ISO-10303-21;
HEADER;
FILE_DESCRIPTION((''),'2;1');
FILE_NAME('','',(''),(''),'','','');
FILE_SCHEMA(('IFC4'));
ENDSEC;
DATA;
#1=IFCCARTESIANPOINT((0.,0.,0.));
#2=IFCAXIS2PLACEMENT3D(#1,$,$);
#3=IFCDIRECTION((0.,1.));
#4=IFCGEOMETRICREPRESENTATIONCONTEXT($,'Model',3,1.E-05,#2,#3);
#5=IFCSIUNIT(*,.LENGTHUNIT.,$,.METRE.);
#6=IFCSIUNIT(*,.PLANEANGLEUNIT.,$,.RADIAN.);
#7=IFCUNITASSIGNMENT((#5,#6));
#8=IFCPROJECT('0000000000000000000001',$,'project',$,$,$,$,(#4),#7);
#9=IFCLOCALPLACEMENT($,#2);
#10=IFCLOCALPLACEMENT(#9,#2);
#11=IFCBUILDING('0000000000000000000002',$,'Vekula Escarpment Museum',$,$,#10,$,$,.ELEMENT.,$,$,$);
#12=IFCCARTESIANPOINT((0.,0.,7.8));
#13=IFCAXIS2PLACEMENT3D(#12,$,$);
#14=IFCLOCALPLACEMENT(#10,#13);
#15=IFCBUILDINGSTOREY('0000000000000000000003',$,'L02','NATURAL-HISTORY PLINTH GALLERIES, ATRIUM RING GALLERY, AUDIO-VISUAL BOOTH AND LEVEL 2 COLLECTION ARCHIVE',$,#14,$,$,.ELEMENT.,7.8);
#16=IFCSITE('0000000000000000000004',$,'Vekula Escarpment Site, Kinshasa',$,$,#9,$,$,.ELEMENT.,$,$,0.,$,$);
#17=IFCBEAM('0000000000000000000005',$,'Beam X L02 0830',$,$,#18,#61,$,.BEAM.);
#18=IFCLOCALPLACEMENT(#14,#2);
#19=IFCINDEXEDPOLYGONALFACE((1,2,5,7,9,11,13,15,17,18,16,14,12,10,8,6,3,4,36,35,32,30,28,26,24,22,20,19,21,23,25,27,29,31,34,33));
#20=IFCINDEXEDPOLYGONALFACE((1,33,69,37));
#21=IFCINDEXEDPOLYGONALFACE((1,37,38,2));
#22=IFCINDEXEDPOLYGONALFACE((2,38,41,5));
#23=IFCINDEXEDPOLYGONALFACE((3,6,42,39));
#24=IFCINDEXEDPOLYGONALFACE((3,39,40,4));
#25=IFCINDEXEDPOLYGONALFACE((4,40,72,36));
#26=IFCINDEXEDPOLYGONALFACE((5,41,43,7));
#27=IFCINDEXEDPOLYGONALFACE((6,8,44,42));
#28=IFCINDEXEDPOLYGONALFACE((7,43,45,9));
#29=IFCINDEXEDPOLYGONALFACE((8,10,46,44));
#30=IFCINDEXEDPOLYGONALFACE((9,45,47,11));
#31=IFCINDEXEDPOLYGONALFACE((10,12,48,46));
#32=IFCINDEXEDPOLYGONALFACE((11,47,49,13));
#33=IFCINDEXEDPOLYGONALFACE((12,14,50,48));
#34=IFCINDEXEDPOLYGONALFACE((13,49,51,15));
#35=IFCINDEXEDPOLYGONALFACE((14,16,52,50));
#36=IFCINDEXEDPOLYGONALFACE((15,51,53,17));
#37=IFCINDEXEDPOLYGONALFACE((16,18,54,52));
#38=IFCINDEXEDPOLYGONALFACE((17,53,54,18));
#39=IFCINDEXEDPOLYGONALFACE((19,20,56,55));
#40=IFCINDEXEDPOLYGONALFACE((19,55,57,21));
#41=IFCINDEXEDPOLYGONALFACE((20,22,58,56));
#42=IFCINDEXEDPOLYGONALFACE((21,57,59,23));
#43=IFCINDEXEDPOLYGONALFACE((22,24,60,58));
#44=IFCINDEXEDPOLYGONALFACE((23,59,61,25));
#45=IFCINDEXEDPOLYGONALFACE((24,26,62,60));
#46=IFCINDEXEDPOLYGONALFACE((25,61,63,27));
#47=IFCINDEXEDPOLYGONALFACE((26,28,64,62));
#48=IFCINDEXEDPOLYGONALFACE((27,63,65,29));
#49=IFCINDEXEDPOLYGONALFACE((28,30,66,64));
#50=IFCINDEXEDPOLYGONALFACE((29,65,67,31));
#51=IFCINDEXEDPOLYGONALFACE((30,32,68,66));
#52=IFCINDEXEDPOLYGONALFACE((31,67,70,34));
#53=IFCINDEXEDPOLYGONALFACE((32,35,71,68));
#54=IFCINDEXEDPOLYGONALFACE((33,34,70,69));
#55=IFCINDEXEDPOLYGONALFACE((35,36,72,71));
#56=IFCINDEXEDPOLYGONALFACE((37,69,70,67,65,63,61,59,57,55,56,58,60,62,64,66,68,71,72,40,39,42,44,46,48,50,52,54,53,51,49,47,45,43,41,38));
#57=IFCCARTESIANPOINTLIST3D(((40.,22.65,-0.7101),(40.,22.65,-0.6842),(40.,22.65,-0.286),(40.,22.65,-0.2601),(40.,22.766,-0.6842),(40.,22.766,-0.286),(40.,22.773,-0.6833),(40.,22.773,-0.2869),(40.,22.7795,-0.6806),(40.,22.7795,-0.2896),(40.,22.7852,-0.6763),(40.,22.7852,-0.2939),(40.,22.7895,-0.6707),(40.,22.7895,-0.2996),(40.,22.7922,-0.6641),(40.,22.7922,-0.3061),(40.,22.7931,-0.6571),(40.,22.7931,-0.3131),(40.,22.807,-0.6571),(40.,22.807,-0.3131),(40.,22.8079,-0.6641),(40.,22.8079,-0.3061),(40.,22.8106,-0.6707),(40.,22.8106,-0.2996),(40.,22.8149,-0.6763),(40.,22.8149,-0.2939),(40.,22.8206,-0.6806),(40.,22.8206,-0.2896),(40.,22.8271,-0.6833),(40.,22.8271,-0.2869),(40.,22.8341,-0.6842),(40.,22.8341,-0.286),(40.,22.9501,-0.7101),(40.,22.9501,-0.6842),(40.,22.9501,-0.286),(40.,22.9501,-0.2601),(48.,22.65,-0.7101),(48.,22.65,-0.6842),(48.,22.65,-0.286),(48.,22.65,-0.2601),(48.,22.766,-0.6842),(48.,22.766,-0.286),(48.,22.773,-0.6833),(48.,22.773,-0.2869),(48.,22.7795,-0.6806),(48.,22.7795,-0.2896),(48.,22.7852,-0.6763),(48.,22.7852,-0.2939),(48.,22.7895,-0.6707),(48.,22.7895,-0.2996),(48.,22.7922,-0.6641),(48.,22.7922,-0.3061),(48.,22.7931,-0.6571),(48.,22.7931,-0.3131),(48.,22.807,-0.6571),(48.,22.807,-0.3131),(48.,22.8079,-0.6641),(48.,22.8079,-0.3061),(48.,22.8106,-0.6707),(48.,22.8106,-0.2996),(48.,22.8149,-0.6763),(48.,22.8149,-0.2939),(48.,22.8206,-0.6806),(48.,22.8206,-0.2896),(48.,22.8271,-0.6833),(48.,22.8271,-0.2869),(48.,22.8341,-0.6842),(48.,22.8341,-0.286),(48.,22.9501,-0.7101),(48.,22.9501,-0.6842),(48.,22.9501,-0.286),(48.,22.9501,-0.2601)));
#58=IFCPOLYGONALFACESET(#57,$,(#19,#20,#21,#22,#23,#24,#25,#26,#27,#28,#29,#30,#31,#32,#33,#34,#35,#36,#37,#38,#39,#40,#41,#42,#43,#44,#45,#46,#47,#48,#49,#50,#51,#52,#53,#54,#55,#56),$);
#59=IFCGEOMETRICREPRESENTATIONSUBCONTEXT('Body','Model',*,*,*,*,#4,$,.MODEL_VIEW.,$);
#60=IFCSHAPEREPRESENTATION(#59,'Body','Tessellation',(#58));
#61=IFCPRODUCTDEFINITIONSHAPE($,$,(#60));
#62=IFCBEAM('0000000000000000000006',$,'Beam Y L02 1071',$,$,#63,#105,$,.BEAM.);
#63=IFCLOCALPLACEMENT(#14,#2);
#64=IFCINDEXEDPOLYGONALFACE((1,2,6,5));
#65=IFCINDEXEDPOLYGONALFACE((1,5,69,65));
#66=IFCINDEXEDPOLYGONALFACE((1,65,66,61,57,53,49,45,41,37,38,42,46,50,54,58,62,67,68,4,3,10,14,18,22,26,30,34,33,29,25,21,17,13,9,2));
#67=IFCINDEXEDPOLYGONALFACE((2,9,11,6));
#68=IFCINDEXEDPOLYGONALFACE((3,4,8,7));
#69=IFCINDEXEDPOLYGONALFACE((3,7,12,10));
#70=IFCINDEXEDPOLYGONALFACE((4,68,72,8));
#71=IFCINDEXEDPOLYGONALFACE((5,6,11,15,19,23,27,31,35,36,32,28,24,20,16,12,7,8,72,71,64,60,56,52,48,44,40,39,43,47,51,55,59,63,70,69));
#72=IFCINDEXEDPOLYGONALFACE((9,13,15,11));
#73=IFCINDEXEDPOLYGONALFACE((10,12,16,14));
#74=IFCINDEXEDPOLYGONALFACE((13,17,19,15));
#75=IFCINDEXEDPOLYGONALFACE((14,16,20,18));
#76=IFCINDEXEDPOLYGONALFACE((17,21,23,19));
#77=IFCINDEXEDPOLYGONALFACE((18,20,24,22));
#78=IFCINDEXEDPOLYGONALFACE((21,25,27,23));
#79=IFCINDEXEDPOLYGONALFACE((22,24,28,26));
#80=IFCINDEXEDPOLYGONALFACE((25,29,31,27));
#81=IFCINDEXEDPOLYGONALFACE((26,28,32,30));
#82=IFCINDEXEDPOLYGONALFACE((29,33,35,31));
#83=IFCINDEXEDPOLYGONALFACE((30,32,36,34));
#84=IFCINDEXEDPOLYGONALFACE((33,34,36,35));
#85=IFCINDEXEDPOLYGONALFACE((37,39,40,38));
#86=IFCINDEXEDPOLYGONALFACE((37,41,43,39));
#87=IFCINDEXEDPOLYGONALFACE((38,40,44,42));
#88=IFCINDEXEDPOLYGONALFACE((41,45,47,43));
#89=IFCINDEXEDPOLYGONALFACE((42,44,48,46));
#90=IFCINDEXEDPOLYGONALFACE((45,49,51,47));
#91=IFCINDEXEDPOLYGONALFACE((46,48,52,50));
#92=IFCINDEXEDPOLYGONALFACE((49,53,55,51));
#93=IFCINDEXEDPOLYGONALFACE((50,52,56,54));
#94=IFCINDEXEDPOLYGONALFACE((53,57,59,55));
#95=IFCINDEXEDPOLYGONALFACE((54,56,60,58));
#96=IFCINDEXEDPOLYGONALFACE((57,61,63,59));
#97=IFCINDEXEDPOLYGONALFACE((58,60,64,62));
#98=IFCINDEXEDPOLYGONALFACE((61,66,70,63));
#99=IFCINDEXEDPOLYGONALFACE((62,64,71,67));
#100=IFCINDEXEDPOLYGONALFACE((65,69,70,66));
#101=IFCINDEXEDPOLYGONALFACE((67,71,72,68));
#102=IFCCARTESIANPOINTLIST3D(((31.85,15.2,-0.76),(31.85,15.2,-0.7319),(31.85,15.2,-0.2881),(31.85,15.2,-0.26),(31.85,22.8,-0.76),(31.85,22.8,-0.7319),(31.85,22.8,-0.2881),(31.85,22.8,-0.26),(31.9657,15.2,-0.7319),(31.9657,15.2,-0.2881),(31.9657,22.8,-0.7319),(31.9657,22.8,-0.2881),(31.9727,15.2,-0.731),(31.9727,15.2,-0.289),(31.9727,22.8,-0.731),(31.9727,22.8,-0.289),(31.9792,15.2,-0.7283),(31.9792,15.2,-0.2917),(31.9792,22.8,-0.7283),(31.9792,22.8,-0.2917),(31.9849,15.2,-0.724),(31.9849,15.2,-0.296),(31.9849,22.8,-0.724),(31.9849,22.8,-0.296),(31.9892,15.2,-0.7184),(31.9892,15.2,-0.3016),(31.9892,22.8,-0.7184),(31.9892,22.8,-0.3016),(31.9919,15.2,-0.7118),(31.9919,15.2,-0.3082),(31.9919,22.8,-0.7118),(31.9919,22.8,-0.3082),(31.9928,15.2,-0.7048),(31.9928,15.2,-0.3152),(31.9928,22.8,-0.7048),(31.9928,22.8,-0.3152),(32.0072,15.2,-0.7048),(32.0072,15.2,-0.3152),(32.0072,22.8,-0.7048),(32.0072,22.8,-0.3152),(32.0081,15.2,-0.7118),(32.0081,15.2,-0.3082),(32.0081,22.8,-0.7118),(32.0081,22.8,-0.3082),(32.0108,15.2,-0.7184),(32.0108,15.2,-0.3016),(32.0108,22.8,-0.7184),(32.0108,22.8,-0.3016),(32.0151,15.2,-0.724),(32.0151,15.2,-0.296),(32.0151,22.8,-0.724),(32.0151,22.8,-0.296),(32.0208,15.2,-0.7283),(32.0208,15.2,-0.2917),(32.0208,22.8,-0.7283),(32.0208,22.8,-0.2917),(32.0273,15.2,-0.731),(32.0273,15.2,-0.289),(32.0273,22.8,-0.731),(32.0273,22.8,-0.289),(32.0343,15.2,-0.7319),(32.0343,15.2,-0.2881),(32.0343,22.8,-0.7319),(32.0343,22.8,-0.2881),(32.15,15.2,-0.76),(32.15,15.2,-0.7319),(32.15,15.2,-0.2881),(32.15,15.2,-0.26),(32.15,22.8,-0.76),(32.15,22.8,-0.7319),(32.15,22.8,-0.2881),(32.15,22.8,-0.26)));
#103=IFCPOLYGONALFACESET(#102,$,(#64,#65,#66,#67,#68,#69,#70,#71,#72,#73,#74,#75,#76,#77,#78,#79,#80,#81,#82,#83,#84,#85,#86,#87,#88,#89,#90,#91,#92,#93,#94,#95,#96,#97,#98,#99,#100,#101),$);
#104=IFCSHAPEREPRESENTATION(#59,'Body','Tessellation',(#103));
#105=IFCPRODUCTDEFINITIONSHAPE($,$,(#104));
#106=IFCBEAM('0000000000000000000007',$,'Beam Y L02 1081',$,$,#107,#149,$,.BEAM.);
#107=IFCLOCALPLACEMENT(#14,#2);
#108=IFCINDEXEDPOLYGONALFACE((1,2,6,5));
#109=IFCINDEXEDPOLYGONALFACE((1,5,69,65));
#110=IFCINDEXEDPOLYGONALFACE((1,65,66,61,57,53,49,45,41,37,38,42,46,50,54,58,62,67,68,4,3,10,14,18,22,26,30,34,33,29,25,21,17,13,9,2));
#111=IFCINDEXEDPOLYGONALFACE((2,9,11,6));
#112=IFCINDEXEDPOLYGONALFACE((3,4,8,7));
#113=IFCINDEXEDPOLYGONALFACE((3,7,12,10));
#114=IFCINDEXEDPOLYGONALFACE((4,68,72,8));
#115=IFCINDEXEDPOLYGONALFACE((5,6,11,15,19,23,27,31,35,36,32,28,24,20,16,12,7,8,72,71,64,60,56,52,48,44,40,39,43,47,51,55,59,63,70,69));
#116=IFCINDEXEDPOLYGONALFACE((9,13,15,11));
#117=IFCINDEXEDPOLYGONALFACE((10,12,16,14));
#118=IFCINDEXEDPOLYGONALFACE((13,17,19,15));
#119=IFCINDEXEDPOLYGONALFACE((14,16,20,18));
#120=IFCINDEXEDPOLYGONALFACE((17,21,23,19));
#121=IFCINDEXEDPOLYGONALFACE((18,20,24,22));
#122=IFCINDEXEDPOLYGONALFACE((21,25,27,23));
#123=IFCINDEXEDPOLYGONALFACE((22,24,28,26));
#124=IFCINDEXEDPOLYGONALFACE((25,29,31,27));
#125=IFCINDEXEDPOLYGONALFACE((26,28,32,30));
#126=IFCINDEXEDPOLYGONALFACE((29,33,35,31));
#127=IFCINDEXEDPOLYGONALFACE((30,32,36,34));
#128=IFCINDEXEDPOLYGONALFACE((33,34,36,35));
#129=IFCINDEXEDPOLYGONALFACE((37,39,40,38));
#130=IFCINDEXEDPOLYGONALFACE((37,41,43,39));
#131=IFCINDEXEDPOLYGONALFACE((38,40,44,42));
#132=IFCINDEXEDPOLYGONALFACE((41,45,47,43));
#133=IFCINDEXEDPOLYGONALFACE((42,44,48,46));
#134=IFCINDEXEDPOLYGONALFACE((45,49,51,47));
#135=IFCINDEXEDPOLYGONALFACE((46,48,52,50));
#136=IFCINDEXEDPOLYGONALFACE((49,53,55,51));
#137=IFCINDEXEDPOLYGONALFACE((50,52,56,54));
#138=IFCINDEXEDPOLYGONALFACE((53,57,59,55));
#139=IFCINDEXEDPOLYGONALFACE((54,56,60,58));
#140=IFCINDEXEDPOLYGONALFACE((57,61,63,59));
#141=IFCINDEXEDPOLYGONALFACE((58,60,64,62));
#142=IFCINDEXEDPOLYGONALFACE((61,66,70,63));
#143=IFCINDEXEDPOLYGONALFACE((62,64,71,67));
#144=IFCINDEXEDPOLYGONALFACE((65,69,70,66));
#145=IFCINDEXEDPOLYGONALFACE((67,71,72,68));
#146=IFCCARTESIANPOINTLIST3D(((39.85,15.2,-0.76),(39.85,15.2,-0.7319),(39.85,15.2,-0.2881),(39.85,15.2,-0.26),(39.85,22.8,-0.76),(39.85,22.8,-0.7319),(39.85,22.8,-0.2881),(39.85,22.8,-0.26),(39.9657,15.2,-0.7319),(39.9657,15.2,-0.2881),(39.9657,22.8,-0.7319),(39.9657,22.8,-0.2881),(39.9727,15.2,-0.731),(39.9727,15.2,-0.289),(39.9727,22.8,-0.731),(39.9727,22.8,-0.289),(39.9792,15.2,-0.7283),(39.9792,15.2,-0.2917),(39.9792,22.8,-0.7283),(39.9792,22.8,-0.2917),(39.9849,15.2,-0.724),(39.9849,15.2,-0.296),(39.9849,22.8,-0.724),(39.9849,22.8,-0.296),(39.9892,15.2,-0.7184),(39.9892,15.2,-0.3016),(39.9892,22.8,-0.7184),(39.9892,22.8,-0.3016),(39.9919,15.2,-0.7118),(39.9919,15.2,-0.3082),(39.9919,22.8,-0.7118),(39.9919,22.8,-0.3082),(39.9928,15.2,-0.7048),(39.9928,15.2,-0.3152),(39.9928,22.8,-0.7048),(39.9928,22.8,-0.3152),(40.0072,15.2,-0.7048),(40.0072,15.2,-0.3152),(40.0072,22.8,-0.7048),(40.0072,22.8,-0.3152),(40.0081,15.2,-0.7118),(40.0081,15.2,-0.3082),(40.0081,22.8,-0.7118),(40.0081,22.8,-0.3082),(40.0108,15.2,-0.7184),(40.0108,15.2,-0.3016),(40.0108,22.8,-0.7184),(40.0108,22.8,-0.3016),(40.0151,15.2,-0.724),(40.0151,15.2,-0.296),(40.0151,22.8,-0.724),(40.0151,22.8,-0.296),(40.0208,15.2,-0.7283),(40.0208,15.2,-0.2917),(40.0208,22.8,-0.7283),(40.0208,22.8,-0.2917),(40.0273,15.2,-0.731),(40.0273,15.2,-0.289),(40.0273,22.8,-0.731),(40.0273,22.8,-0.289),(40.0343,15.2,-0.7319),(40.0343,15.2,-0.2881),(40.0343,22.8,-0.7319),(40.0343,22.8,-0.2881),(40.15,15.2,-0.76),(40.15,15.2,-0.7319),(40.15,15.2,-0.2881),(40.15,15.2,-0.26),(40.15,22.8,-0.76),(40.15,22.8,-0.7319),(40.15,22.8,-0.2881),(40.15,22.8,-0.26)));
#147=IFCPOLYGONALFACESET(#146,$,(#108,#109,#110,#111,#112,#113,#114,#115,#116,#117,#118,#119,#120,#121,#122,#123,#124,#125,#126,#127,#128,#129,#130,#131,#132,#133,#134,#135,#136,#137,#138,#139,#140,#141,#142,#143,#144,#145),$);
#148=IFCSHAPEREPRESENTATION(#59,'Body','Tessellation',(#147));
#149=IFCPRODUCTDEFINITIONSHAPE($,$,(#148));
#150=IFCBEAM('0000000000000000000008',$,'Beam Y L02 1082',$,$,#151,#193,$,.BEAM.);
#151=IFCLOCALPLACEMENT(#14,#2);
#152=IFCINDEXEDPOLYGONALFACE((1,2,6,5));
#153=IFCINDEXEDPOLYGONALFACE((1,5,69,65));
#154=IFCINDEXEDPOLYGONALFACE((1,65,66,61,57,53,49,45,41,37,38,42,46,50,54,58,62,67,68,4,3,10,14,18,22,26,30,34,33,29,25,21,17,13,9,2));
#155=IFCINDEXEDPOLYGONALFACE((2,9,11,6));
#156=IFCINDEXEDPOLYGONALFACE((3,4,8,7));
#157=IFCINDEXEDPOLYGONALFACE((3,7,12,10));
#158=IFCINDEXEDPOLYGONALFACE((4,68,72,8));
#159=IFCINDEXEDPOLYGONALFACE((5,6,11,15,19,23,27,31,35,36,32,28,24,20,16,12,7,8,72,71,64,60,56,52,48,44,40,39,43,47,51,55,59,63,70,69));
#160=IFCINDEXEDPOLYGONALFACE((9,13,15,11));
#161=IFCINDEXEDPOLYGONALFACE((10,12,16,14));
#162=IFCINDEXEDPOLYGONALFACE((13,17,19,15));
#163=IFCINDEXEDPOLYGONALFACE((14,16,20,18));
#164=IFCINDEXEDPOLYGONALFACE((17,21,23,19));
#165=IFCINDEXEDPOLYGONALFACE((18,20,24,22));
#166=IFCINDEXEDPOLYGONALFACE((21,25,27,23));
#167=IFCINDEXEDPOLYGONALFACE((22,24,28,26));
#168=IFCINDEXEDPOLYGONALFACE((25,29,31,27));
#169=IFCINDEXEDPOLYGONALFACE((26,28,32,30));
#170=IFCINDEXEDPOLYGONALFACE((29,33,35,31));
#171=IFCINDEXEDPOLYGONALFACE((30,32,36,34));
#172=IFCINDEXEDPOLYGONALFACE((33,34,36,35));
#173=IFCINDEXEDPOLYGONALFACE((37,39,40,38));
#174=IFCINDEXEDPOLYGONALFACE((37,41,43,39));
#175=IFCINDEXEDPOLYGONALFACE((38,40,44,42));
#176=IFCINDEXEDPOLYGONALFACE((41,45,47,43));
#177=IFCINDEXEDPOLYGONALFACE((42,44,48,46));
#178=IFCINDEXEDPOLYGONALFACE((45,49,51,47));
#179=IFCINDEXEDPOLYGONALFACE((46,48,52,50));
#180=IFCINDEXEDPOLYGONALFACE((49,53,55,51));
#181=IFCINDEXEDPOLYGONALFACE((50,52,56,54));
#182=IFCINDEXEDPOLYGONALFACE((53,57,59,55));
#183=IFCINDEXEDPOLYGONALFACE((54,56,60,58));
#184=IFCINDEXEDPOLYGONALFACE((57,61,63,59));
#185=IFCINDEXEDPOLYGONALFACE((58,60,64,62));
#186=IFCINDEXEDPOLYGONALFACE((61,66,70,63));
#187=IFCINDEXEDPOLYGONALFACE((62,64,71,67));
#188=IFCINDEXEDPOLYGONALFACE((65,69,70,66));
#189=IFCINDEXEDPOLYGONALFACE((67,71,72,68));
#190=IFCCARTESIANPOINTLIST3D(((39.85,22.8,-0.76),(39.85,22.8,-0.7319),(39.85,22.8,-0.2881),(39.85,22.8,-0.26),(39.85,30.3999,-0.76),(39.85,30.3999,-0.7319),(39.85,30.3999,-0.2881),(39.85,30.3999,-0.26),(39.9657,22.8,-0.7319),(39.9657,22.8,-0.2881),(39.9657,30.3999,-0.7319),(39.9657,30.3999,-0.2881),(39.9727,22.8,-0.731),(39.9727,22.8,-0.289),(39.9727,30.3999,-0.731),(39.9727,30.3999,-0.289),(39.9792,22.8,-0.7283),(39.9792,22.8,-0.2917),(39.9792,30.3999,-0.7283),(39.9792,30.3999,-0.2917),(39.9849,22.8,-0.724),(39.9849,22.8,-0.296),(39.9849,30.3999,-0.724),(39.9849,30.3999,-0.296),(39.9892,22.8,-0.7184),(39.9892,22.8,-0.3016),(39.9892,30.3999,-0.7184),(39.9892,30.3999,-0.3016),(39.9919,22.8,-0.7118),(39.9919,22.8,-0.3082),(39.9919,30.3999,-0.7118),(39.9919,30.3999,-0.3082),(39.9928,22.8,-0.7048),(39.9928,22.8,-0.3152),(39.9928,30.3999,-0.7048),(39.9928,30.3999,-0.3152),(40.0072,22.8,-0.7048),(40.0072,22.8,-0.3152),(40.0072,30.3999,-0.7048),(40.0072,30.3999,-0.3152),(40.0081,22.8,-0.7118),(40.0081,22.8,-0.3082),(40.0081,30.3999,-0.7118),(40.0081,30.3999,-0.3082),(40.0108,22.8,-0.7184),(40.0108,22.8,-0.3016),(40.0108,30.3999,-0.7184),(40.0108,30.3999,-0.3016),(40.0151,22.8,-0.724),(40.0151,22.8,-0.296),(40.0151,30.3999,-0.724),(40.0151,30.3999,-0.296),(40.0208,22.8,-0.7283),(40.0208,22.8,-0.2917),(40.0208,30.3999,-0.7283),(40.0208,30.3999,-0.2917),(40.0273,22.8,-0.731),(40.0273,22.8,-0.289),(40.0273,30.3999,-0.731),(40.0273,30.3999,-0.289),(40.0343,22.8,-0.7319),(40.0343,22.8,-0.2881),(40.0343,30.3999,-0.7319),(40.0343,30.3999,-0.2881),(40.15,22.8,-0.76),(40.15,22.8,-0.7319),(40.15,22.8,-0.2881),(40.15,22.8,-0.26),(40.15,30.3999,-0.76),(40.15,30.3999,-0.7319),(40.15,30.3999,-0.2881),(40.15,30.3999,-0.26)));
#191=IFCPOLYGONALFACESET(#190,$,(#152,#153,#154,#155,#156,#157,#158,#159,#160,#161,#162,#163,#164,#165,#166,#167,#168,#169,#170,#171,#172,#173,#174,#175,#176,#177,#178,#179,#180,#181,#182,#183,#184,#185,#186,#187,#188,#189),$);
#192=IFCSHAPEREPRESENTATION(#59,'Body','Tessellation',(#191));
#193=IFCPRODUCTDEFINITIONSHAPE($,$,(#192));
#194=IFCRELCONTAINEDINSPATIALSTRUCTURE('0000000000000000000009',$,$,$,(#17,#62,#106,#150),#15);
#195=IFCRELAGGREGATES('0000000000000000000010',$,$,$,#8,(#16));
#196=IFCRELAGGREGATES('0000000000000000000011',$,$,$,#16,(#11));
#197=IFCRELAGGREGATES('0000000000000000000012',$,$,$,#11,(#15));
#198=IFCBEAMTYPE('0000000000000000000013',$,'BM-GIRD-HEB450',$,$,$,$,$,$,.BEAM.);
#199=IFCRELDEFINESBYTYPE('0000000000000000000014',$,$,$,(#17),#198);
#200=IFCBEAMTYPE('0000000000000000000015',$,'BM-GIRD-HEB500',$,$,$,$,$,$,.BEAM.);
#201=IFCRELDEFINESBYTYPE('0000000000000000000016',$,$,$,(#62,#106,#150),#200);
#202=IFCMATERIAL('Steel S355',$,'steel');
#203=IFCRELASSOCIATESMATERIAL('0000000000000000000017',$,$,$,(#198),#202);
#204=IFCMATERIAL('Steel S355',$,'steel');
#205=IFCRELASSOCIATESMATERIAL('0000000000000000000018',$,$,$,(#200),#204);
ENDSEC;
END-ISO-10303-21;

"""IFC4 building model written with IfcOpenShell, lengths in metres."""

from ifc_helpers import new_model, si_unit, direction, frame, origin, origin_2d, place, context, subcontext, project, spatial, i_section, extrude, material, material_profile, profile_set, type_object, element, save


model = new_model("IFC4")

# Units and contexts
model_context = context("Model", 3, precision=1e-05, world=origin(), true_north=direction((0.0, 1.0)))
body_context = subcontext(model_context, "Body", "Model", "MODEL_VIEW")
ifc_project = project(units=[si_unit("LENGTHUNIT", "METRE"), si_unit("PLANEANGLEUNIT", "RADIAN")], contexts=[model_context])

# Site, building, storey
site_placement = place(None, origin())
site = spatial("IfcSite", under=ifc_project, at=site_placement, Name="Vekula Escarpment Site, Kinshasa", CompositionType="ELEMENT", RefElevation=0.0)
building_placement = place(site_placement, origin())
building = spatial("IfcBuilding", under=site, at=building_placement, Name="Vekula Escarpment Museum", CompositionType="ELEMENT")
storey_placement = place(building_placement, frame((0.0, 0.0, 7.8)))
storey = spatial("IfcBuildingStorey", under=building, at=storey_placement, Name="L02", Description="NATURAL-HISTORY PLINTH GALLERIES, ATRIUM RING GALLERY, AUDIO-VISUAL BOOTH AND LEVEL 2 COLLECTION ARCHIVE", CompositionType="ELEMENT", Elevation=7.8)

# Beams
ifc_material_1 = material(Name="Steel S355", Category="steel")
ifc_material_profile_1 = material_profile(ifc_material_1, i_section(OverallWidth=0.3, OverallDepth=0.45, WebThickness=0.0139, FlangeThickness=0.0259, FilletRadius=0.0271, at=origin_2d()), Name="HEB 450")
ifc_profile_set_1 = profile_set([ifc_material_profile_1], Name="Steel S355")
beam_type_1 = type_object("IfcBeamType", Name="BM-GIRD-HEB450", PredefinedType="BEAM", material=ifc_profile_set_1)
beam_1_placement = place(storey_placement, frame((40.0, 22.8, -0.4851), z_axis=(1.0, 0.0, 0.0), x_axis=(0.0, 1.0, 0.0)))
element("IfcBeam", 1, at=beam_1_placement, inside=storey, type_object=beam_type_1, Name="Beam X L02 0830", PredefinedType="BEAM", context=body_context, shape_type="SweptSolid", body=[
    extrude(i_section(OverallWidth=0.3, OverallDepth=0.45, WebThickness=0.0139, FlangeThickness=0.0259, FilletRadius=0.0271, at=origin_2d()), origin(), (0.0, 0.0, 1.0), 8.0),
])
ifc_material_2 = material(Name="Steel S355", Category="steel")
ifc_material_profile_2 = material_profile(ifc_material_2, i_section(OverallWidth=0.3, OverallDepth=0.5, WebThickness=0.0144, FlangeThickness=0.0281, FilletRadius=0.0271, at=origin_2d()), Name="HEB 500")
ifc_profile_set_2 = profile_set([ifc_material_profile_2], Name="Steel S355")
beam_type_2 = type_object("IfcBeamType", Name="BM-GIRD-HEB500", PredefinedType="BEAM", material=ifc_profile_set_2)
for number, where, z_axis, x_axis, name in (
    (2, (32.0, 15.2, -0.51), (0.0, 1.0, 0.0), (-1.0, 0.0, 0.0), "Beam Y L02 1071"),
    (3, (40.0, 15.2, -0.51), (0.0, 1.0, 0.0), (-1.0, 0.0, 0.0), "Beam Y L02 1081"),
):
    element("IfcBeam", number, at=place(storey_placement, frame(where, z_axis=z_axis, x_axis=x_axis)), inside=storey, type_object=beam_type_2, Name=name, PredefinedType="BEAM", context=body_context, shape_type="SweptSolid", body=[
        extrude(i_section(OverallWidth=0.3, OverallDepth=0.5, WebThickness=0.0144, FlangeThickness=0.0281, FilletRadius=0.0271, at=origin_2d()), origin(), (0.0, 0.0, 1.0), 7.6001),
    ])
beam_2_placement = place(storey_placement, frame((40.0, 22.8, -0.51), z_axis=(0.0, 1.0, 0.0), x_axis=(-1.0, 0.0, 0.0)))
element("IfcBeam", 4, at=beam_2_placement, inside=storey, type_object=beam_type_2, Name="Beam Y L02 1082", PredefinedType="BEAM", context=body_context, shape_type="SweptSolid", body=[
    extrude(i_section(OverallWidth=0.3, OverallDepth=0.5, WebThickness=0.0144, FlangeThickness=0.0281, FilletRadius=0.0271, at=origin_2d()), origin(), (0.0, 0.0, 1.0), 7.5999),
])

save(model, "model.ifc")
